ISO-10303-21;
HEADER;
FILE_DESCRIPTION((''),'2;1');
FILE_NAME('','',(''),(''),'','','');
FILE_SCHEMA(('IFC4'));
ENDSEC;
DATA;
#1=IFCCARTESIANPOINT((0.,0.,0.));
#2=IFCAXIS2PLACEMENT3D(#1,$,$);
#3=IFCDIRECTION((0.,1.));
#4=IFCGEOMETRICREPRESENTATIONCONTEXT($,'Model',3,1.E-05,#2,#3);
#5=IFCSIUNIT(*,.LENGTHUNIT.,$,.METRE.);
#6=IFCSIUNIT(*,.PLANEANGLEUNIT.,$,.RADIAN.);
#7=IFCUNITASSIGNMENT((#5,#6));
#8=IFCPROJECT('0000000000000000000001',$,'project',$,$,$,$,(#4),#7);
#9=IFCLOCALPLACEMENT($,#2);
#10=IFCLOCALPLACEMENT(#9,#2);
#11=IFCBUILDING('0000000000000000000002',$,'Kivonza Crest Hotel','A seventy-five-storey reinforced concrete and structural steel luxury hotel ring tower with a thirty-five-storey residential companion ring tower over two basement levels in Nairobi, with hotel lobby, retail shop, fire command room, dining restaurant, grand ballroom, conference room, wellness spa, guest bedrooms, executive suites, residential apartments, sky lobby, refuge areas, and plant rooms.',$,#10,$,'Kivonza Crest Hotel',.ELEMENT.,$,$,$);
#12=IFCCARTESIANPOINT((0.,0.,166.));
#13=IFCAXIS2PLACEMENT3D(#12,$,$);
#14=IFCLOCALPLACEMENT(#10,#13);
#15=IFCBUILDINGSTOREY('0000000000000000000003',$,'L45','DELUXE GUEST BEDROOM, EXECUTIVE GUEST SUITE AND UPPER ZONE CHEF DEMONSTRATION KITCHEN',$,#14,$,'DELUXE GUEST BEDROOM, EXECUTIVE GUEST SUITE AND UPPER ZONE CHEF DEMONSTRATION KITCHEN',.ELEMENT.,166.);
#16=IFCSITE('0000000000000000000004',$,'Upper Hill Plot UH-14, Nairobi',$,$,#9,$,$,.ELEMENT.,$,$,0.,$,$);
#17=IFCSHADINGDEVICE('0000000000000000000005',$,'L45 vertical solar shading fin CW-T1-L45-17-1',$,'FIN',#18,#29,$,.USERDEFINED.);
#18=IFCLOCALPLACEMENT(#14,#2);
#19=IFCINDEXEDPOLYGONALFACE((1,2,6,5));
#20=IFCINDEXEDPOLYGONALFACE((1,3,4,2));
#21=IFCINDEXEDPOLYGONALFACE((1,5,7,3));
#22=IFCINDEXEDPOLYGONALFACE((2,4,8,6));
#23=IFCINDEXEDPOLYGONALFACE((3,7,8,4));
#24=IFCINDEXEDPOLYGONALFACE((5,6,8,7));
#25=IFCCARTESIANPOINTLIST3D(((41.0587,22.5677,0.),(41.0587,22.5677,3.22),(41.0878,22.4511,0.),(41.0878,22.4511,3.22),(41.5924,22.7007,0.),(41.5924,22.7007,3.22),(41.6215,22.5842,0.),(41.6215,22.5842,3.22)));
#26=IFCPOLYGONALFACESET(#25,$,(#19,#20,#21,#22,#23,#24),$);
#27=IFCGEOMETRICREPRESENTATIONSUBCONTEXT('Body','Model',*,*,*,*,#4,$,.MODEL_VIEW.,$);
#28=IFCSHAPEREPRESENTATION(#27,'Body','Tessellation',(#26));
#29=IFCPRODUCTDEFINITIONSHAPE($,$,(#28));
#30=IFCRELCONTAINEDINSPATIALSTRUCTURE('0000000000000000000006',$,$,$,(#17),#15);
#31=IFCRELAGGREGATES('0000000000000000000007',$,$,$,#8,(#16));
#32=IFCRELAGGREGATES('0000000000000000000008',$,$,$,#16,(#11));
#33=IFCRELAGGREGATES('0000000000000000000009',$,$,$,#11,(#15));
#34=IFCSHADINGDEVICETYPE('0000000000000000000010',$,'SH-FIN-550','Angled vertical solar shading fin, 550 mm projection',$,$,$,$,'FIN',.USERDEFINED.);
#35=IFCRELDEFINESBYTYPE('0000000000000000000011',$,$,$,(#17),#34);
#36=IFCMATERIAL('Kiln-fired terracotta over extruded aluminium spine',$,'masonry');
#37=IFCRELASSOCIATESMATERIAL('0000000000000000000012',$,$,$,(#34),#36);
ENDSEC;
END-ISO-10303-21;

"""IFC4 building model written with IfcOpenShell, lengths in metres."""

from ifc_helpers import new_model, si_unit, direction, frame, origin, origin_2d, place, context, subcontext, project, spatial, rectangle, extrude, material, type_object, element, save


model = new_model("IFC4")

# Units and contexts
model_context = context("Model", 3, precision=1e-05, world=origin(), true_north=direction((0.0, 1.0)))
body_context = subcontext(model_context, "Body", "Model", "MODEL_VIEW")
ifc_project = project(units=[si_unit("LENGTHUNIT", "METRE"), si_unit("PLANEANGLEUNIT", "RADIAN")], contexts=[model_context])

# Site, building, storey
site_placement = place(None, origin())
site = spatial("IfcSite", under=ifc_project, at=site_placement, Name="Upper Hill Plot UH-14, Nairobi", CompositionType="ELEMENT", RefElevation=0.0)
building_placement = place(site_placement, origin())
building = spatial("IfcBuilding", under=site, at=building_placement, Name="Kivonza Crest Hotel", Description="A seventy-five-storey reinforced concrete and structural steel luxury hotel ring tower with a thirty-five-storey residential companion ring tower over two basement levels in Nairobi, with hotel lobby, retail shop, fire command room, dining restaurant, grand ballroom, conference room, wellness spa, guest bedrooms, executive suites, residential apartments, sky lobby, refuge areas, and plant rooms.", LongName="Kivonza Crest Hotel", CompositionType="ELEMENT")
storey_placement = place(building_placement, frame((0.0, 0.0, 166.0)))
storey = spatial("IfcBuildingStorey", under=building, at=storey_placement, Name="L45", Description="DELUXE GUEST BEDROOM, EXECUTIVE GUEST SUITE AND UPPER ZONE CHEF DEMONSTRATION KITCHEN", LongName="DELUXE GUEST BEDROOM, EXECUTIVE GUEST SUITE AND UPPER ZONE CHEF DEMONSTRATION KITCHEN", CompositionType="ELEMENT", Elevation=166.0)

# Shading device
ifc_material_1 = material(Name="Kiln-fired terracotta over extruded aluminium spine", Category="masonry")
shading_device_type = type_object("IfcShadingDeviceType", Name="SH-FIN-550", Description="Angled vertical solar shading fin, 550 mm projection", ElementType="FIN", PredefinedType="USERDEFINED", material=ifc_material_1)
shading_device_placement = place(storey_placement, frame((41.3401, 22.5759, 0.0), z_axis=(0.0, 0.0, 1.0), x_axis=(-0.241922, 0.970296, 0.0)))
element("IfcShadingDevice", 1, at=shading_device_placement, inside=storey, type_object=shading_device_type, Name="L45 vertical solar shading fin CW-T1-L45-17-1", ObjectType="FIN", PredefinedType="USERDEFINED", context=body_context, shape_type="SweptSolid", body=[
    extrude(rectangle(XDim=0.1201, YDim=0.55, at=origin_2d()), origin(), (0.0, 0.0, 1.0), 3.22),
])

save(model, "model.ifc")
